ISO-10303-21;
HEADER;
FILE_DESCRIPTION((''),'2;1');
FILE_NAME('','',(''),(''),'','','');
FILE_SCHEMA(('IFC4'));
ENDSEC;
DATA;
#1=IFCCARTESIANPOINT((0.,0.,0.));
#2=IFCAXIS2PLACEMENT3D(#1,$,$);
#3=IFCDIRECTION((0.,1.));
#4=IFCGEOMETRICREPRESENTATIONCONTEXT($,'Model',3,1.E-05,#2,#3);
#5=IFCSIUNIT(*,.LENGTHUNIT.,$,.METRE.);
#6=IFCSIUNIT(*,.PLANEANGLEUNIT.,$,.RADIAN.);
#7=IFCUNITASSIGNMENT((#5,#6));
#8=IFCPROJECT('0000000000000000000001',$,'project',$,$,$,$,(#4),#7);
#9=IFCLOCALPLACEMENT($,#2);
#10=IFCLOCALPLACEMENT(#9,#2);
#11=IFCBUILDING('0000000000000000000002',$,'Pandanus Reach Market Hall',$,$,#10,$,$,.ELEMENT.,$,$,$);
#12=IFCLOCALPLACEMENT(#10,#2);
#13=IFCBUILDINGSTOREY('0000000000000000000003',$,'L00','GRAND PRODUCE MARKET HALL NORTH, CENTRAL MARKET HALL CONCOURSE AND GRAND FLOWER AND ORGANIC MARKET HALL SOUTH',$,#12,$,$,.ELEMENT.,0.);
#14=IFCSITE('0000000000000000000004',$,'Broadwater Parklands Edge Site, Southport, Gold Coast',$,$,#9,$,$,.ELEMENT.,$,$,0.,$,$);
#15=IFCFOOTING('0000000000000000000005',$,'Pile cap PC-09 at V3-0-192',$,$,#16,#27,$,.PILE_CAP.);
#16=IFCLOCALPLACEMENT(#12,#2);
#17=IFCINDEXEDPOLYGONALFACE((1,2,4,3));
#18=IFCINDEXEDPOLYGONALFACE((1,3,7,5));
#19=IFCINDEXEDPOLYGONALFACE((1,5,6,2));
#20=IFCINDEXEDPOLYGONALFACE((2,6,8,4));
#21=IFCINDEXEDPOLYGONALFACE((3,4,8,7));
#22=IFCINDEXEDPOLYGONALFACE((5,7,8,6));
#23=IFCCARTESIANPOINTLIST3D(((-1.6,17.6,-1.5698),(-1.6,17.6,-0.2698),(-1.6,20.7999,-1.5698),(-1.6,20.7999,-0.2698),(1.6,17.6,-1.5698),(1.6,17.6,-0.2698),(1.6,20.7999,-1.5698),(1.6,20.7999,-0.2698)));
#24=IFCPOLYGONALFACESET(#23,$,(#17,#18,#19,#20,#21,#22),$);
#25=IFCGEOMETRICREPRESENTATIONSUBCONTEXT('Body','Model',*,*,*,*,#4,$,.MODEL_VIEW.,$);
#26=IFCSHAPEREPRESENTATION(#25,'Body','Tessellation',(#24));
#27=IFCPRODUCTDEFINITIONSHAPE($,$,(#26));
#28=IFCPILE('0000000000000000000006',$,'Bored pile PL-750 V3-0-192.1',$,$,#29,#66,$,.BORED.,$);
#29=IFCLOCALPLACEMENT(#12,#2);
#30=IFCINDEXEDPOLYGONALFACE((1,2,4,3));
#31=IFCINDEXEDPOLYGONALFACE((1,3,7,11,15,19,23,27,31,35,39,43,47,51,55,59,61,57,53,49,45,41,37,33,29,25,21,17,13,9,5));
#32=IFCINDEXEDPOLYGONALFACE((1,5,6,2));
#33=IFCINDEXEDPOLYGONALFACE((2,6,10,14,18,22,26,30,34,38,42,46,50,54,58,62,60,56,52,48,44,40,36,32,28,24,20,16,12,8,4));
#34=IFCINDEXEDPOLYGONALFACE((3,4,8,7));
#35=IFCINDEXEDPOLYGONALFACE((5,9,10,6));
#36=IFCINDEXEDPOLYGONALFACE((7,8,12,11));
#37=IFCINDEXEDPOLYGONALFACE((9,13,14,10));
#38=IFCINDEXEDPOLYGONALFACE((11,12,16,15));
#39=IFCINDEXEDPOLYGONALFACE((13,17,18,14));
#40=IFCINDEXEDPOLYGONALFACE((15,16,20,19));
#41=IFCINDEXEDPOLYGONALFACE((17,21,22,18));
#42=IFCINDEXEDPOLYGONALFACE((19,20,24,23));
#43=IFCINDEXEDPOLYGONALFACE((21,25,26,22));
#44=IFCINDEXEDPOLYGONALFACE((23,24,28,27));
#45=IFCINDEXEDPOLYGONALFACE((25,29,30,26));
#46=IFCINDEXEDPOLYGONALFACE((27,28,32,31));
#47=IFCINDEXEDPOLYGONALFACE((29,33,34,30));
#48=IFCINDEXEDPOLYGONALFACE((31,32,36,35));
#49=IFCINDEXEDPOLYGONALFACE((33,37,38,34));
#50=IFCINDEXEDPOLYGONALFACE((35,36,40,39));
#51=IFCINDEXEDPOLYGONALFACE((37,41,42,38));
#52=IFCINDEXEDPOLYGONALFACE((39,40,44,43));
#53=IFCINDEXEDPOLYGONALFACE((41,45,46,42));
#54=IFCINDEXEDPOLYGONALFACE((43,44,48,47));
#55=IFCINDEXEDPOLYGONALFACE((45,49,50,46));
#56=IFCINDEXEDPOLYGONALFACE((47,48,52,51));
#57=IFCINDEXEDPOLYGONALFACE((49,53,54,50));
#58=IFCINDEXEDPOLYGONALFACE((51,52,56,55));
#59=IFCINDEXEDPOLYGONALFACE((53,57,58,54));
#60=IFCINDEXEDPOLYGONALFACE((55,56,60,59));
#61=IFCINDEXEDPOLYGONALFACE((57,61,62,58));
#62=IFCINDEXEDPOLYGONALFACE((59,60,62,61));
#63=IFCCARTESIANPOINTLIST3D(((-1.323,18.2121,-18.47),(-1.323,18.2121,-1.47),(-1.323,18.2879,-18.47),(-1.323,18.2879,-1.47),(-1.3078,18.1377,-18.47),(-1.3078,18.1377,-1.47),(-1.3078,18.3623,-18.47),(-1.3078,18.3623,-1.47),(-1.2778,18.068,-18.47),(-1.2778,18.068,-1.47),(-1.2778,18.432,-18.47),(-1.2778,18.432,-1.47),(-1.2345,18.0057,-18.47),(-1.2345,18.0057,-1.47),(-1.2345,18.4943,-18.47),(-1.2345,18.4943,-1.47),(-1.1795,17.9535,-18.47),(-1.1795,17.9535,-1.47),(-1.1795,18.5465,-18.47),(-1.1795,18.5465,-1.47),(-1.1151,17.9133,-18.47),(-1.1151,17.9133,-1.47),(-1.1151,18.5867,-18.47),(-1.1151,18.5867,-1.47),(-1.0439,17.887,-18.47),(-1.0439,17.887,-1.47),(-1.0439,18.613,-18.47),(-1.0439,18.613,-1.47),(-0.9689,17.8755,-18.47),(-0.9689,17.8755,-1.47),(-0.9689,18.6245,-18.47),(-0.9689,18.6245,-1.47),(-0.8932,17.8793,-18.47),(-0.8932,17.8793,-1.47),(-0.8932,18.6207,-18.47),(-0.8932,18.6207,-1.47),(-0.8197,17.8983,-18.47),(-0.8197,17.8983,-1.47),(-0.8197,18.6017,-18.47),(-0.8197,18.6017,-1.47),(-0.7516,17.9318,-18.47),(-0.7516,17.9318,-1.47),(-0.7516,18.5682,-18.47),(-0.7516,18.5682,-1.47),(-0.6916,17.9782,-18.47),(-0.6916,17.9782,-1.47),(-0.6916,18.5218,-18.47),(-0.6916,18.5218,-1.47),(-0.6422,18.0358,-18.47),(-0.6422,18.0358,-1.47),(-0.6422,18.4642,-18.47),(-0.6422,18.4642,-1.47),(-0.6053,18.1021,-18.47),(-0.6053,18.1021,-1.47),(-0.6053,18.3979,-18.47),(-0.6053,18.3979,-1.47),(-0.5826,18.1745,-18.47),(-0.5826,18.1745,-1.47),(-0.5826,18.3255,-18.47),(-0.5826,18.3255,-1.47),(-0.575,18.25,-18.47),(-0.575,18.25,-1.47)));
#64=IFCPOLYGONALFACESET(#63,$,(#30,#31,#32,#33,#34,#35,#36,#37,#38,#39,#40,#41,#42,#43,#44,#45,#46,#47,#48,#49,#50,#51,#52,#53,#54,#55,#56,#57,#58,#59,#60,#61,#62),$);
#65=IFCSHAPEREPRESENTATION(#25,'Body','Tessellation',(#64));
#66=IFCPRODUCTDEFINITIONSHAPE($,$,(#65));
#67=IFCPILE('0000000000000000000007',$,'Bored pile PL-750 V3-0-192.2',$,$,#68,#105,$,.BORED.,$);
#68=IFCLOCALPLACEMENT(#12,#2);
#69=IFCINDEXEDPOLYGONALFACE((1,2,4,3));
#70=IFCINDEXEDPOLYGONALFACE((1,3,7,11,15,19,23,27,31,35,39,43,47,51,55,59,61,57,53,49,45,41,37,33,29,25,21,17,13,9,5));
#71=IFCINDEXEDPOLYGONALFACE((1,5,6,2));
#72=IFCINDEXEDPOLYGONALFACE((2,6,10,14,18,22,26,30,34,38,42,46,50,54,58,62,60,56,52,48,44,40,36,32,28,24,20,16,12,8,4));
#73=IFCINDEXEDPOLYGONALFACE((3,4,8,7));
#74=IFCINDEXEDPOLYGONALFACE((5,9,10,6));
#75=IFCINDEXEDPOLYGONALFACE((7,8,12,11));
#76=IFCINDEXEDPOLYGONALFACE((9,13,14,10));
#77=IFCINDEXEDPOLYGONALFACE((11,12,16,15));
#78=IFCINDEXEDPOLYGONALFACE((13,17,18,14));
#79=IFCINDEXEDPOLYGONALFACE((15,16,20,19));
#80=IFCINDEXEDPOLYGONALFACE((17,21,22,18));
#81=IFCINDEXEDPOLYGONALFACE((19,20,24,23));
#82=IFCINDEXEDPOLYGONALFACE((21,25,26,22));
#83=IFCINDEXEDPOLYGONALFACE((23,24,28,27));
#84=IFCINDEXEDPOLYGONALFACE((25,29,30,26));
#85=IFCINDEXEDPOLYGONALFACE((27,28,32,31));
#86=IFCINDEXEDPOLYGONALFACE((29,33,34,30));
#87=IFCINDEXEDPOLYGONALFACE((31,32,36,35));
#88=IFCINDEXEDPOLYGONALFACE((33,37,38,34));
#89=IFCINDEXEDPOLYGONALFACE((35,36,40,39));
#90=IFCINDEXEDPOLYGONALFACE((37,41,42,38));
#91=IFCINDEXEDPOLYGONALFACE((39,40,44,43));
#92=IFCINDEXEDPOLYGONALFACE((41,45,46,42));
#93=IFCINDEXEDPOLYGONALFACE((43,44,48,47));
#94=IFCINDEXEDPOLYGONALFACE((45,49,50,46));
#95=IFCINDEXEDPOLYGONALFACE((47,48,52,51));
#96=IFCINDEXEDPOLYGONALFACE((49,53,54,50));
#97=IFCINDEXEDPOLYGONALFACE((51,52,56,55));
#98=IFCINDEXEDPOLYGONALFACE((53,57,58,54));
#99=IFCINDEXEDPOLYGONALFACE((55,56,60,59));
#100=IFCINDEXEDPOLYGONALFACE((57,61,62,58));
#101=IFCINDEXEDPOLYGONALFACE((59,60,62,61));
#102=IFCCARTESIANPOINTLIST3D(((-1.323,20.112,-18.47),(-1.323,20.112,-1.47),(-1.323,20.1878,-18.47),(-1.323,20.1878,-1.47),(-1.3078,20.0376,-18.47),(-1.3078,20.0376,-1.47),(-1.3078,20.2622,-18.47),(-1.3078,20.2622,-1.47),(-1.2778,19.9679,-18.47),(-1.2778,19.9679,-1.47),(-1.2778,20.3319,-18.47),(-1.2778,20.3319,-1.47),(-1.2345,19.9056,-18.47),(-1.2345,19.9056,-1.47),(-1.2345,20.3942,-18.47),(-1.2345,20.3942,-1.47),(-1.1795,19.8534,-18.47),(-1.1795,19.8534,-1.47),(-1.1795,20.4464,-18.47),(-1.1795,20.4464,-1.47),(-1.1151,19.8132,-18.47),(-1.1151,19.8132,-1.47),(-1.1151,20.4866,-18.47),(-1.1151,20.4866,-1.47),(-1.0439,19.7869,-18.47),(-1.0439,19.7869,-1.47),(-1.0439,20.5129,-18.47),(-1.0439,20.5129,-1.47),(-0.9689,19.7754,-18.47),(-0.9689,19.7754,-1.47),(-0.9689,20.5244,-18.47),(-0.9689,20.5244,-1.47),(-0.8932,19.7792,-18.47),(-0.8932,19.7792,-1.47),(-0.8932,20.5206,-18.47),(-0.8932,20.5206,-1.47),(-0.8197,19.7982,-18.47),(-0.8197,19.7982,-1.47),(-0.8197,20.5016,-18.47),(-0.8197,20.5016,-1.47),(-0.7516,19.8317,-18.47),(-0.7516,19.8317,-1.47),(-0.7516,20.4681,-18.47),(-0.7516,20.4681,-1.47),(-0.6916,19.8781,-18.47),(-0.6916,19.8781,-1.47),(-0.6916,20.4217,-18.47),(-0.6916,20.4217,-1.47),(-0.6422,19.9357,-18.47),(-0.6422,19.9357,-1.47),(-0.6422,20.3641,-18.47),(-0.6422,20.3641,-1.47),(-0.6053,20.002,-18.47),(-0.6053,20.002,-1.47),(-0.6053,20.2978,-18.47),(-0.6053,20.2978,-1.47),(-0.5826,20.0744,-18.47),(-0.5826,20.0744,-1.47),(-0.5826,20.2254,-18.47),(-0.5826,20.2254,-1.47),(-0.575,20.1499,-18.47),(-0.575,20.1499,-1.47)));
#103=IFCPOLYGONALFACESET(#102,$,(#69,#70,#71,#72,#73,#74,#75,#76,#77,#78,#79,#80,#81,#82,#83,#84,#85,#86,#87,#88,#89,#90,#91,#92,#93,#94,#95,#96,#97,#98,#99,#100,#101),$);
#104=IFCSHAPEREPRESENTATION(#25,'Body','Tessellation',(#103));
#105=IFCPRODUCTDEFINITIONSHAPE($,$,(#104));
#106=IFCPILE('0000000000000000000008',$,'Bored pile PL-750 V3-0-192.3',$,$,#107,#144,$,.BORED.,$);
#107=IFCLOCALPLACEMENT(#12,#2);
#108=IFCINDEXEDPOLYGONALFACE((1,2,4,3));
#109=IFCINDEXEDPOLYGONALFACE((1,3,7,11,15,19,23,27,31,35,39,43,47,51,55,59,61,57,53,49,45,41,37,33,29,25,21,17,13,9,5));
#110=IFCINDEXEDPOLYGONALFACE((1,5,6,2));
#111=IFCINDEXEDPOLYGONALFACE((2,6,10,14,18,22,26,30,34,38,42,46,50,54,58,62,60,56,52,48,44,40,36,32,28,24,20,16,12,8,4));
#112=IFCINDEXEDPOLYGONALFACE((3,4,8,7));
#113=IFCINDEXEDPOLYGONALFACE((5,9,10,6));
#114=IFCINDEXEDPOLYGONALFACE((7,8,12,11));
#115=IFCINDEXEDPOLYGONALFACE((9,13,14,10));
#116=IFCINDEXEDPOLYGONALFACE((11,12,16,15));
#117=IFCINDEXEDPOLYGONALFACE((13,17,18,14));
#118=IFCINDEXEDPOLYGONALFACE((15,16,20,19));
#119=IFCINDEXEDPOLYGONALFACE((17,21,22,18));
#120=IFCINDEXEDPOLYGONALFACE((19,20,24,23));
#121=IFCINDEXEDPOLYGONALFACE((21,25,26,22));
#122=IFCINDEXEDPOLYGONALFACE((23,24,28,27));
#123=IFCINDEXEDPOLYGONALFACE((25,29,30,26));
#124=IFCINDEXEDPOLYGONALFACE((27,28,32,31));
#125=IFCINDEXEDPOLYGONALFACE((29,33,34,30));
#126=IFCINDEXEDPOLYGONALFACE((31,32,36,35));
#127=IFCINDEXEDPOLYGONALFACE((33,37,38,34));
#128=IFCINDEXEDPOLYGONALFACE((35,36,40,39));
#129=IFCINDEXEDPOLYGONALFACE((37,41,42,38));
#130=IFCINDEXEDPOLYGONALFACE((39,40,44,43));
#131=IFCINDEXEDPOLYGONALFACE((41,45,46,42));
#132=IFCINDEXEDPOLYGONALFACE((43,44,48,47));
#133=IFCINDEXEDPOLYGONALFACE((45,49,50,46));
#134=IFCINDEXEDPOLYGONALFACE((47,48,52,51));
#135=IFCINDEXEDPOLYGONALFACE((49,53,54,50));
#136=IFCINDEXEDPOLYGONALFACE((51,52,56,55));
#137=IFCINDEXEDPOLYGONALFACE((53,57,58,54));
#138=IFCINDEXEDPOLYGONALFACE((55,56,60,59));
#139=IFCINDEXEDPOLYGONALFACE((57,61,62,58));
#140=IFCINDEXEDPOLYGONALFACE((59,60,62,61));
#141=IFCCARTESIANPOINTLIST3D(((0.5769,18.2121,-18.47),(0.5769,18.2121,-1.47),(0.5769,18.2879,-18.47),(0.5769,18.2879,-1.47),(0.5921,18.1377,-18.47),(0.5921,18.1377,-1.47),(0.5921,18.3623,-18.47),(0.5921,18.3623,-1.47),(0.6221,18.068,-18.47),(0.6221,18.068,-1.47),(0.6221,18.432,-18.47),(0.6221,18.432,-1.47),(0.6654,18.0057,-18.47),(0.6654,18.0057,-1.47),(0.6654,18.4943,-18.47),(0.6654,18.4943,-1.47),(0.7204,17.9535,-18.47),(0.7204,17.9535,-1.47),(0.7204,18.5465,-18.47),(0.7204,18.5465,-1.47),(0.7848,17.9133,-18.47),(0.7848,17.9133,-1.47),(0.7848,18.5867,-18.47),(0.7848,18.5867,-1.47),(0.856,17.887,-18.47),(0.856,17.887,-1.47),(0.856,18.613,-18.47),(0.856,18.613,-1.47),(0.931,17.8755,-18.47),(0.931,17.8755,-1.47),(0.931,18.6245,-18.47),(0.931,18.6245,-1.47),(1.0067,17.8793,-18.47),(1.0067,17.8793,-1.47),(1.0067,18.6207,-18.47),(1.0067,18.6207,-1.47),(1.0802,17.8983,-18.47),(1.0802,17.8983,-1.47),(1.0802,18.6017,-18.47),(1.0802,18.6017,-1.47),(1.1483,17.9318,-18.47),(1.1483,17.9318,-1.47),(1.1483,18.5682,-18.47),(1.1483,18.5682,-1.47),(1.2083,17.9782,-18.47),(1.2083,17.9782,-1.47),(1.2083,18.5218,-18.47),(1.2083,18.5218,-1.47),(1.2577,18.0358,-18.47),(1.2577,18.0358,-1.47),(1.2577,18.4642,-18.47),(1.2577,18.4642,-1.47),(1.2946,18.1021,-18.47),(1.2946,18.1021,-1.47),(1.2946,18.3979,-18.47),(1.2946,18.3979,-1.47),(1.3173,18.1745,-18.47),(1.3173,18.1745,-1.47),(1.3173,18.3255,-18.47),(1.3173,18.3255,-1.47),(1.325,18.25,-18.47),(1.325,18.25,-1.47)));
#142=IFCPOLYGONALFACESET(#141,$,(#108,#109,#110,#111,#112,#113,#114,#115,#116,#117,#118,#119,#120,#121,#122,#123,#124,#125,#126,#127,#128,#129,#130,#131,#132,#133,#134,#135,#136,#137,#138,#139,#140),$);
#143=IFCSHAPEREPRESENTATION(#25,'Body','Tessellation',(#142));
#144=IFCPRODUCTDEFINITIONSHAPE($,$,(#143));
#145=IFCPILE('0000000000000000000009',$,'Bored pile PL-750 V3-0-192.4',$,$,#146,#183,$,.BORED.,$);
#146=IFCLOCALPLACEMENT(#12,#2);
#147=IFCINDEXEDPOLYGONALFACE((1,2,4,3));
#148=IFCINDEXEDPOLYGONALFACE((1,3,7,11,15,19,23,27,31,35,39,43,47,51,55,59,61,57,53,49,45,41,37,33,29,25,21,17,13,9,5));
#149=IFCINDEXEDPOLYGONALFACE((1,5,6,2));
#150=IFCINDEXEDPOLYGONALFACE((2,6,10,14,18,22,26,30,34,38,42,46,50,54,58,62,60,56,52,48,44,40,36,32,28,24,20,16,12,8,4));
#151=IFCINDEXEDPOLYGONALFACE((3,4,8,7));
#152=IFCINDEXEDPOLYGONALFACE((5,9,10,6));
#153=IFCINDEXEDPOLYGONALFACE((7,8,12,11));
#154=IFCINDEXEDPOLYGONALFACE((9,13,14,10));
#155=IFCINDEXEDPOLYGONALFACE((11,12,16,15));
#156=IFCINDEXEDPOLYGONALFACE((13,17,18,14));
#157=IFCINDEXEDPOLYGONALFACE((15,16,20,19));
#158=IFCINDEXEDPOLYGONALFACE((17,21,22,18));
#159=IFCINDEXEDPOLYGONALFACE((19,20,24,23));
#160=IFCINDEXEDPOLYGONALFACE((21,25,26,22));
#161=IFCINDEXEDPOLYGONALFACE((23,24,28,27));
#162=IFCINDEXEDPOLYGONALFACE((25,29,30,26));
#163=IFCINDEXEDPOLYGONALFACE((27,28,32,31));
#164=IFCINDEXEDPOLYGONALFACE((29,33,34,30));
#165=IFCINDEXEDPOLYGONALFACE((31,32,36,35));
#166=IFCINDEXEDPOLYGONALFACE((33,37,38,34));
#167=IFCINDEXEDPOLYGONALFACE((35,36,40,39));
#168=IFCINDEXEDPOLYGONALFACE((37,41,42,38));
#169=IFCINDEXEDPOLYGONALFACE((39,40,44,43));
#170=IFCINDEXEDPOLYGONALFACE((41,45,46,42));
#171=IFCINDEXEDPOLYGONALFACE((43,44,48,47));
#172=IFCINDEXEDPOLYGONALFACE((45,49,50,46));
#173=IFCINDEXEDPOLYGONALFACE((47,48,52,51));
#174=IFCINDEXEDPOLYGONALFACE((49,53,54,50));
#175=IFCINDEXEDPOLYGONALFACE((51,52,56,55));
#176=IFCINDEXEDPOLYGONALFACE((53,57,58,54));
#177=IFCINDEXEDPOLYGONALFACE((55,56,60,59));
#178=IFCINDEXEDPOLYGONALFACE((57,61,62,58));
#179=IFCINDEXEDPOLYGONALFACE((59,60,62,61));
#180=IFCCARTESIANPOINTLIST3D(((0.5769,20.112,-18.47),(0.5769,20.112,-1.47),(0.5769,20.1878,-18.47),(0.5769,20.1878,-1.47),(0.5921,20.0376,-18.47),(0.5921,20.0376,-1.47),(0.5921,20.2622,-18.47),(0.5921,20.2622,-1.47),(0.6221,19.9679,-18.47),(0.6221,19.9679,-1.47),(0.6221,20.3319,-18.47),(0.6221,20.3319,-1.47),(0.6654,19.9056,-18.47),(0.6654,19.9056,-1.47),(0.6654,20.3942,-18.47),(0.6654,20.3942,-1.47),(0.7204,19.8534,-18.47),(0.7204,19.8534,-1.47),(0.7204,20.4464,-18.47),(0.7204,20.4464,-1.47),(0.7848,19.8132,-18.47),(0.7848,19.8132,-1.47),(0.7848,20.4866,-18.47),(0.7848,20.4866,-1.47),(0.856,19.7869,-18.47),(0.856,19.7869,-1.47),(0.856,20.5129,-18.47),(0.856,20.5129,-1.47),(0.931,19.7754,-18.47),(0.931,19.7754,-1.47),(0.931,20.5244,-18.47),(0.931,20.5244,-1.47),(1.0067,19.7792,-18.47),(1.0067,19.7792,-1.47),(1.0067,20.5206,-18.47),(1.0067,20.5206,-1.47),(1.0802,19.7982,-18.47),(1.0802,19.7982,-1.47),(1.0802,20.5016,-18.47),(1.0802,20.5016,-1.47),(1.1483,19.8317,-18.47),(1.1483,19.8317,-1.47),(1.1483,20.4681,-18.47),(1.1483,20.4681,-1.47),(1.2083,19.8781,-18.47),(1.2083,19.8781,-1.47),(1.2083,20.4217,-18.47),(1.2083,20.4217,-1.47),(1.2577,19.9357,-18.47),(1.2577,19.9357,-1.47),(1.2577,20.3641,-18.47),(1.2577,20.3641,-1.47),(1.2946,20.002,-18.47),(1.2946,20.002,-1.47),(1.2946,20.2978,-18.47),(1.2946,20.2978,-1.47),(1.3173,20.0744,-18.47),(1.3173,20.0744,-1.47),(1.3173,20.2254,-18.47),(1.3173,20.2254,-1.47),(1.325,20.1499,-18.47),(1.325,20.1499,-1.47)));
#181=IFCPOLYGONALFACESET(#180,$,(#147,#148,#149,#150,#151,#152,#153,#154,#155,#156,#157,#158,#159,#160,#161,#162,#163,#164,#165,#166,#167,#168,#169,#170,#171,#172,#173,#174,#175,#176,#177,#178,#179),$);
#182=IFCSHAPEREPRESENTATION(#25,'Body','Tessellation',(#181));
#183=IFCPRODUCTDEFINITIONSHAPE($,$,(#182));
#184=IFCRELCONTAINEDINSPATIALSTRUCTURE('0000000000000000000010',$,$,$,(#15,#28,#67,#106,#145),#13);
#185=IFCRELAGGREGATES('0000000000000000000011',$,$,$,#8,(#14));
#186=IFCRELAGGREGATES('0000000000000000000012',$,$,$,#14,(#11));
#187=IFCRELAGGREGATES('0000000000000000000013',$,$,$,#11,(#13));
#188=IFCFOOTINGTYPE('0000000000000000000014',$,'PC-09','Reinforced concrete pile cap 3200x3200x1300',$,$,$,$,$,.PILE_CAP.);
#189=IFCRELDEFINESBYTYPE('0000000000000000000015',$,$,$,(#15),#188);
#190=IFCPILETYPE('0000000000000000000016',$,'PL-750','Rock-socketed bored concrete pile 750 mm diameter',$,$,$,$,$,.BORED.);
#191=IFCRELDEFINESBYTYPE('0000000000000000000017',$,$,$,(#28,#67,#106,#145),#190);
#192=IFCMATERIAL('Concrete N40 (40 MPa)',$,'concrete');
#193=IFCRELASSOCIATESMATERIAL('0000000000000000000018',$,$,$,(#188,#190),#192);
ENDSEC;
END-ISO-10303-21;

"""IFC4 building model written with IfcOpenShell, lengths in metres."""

from ifc_helpers import new_model, si_unit, direction, frame, origin, origin_2d, place, context, subcontext, project, spatial, rectangle, circle, extrude, material, material_profile, profile_set, type_object, element, save


model = new_model("IFC4")

# Units and contexts
model_context = context("Model", 3, precision=1e-05, world=origin(), true_north=direction((0.0, 1.0)))
body_context = subcontext(model_context, "Body", "Model", "MODEL_VIEW")
ifc_project = project(units=[si_unit("LENGTHUNIT", "METRE"), si_unit("PLANEANGLEUNIT", "RADIAN")], contexts=[model_context])

# Site, building, storey
site_placement = place(None, origin())
site = spatial("IfcSite", under=ifc_project, at=site_placement, Name="Broadwater Parklands Edge Site, Southport, Gold Coast", CompositionType="ELEMENT", RefElevation=0.0)
building_placement = place(site_placement, origin())
building = spatial("IfcBuilding", under=site, at=building_placement, Name="Pandanus Reach Market Hall", CompositionType="ELEMENT")
storey_placement = place(building_placement, origin())
storey = spatial("IfcBuildingStorey", under=building, at=storey_placement, Name="L00", Description="GRAND PRODUCE MARKET HALL NORTH, CENTRAL MARKET HALL CONCOURSE AND GRAND FLOWER AND ORGANIC MARKET HALL SOUTH", CompositionType="ELEMENT", Elevation=0.0)

# Footing
ifc_material_1 = material(Name="Concrete N40 (40 MPa)", Category="concrete")
footing_type = type_object("IfcFootingType", Name="PC-09", Description="Reinforced concrete pile cap 3200x3200x1300", PredefinedType="PILE_CAP", material=ifc_material_1)
footing_placement = place(storey_placement, frame((0.0, 19.2, -1.5698), z_axis=(0.0, 0.0, 1.0), x_axis=(1.0, 0.0, 0.0)))
element("IfcFooting", 1, at=footing_placement, inside=storey, type_object=footing_type, Name="Pile cap PC-09 at V3-0-192", PredefinedType="PILE_CAP", context=body_context, shape_type="SweptSolid", body=[
    extrude(rectangle(XDim=3.2, YDim=3.2, at=origin_2d()), origin(), (0.0, 0.0, 1.0), 1.3),
])

# Piles
ifc_material_profile_1 = material_profile(ifc_material_1, circle(Radius=0.375, at=origin_2d()), Name="PILE-750D", Category="LoadBearing")
ifc_profile_set_1 = profile_set([ifc_material_profile_1], Name="Concrete N40 (40 MPa)")
pile_type_1 = type_object("IfcPileType", Name="PL-750", Description="Rock-socketed bored concrete pile 750 mm diameter", PredefinedType="BORED", material=ifc_profile_set_1)
for number, where, z_axis, x_axis, name in (
    (2, (-0.95, 18.25, -1.47), (0.0, 0.0, -1.0), (1.0, 0.0, 0.0), "Bored pile PL-750 V3-0-192.1"),
    (3, (-0.95, 20.1499, -1.47), (0.0, 0.0, -1.0), (1.0, 0.0, 0.0), "Bored pile PL-750 V3-0-192.2"),
    (4, (0.95, 18.25, -1.47), (0.0, 0.0, -1.0), (1.0, 0.0, 0.0), "Bored pile PL-750 V3-0-192.3"),
    (5, (0.95, 20.1499, -1.47), (0.0, 0.0, -1.0), (1.0, 0.0, 0.0), "Bored pile PL-750 V3-0-192.4"),
):
    element("IfcPile", number, at=place(storey_placement, frame(where, z_axis=z_axis, x_axis=x_axis)), inside=storey, type_object=pile_type_1, Name=name, PredefinedType="BORED", context=body_context, shape_type="SweptSolid", body=[
        extrude(circle(Radius=0.375, at=origin_2d()), origin(), (0.0, 0.0, 1.0), 17.0),
    ])

save(model, "model.ifc")
